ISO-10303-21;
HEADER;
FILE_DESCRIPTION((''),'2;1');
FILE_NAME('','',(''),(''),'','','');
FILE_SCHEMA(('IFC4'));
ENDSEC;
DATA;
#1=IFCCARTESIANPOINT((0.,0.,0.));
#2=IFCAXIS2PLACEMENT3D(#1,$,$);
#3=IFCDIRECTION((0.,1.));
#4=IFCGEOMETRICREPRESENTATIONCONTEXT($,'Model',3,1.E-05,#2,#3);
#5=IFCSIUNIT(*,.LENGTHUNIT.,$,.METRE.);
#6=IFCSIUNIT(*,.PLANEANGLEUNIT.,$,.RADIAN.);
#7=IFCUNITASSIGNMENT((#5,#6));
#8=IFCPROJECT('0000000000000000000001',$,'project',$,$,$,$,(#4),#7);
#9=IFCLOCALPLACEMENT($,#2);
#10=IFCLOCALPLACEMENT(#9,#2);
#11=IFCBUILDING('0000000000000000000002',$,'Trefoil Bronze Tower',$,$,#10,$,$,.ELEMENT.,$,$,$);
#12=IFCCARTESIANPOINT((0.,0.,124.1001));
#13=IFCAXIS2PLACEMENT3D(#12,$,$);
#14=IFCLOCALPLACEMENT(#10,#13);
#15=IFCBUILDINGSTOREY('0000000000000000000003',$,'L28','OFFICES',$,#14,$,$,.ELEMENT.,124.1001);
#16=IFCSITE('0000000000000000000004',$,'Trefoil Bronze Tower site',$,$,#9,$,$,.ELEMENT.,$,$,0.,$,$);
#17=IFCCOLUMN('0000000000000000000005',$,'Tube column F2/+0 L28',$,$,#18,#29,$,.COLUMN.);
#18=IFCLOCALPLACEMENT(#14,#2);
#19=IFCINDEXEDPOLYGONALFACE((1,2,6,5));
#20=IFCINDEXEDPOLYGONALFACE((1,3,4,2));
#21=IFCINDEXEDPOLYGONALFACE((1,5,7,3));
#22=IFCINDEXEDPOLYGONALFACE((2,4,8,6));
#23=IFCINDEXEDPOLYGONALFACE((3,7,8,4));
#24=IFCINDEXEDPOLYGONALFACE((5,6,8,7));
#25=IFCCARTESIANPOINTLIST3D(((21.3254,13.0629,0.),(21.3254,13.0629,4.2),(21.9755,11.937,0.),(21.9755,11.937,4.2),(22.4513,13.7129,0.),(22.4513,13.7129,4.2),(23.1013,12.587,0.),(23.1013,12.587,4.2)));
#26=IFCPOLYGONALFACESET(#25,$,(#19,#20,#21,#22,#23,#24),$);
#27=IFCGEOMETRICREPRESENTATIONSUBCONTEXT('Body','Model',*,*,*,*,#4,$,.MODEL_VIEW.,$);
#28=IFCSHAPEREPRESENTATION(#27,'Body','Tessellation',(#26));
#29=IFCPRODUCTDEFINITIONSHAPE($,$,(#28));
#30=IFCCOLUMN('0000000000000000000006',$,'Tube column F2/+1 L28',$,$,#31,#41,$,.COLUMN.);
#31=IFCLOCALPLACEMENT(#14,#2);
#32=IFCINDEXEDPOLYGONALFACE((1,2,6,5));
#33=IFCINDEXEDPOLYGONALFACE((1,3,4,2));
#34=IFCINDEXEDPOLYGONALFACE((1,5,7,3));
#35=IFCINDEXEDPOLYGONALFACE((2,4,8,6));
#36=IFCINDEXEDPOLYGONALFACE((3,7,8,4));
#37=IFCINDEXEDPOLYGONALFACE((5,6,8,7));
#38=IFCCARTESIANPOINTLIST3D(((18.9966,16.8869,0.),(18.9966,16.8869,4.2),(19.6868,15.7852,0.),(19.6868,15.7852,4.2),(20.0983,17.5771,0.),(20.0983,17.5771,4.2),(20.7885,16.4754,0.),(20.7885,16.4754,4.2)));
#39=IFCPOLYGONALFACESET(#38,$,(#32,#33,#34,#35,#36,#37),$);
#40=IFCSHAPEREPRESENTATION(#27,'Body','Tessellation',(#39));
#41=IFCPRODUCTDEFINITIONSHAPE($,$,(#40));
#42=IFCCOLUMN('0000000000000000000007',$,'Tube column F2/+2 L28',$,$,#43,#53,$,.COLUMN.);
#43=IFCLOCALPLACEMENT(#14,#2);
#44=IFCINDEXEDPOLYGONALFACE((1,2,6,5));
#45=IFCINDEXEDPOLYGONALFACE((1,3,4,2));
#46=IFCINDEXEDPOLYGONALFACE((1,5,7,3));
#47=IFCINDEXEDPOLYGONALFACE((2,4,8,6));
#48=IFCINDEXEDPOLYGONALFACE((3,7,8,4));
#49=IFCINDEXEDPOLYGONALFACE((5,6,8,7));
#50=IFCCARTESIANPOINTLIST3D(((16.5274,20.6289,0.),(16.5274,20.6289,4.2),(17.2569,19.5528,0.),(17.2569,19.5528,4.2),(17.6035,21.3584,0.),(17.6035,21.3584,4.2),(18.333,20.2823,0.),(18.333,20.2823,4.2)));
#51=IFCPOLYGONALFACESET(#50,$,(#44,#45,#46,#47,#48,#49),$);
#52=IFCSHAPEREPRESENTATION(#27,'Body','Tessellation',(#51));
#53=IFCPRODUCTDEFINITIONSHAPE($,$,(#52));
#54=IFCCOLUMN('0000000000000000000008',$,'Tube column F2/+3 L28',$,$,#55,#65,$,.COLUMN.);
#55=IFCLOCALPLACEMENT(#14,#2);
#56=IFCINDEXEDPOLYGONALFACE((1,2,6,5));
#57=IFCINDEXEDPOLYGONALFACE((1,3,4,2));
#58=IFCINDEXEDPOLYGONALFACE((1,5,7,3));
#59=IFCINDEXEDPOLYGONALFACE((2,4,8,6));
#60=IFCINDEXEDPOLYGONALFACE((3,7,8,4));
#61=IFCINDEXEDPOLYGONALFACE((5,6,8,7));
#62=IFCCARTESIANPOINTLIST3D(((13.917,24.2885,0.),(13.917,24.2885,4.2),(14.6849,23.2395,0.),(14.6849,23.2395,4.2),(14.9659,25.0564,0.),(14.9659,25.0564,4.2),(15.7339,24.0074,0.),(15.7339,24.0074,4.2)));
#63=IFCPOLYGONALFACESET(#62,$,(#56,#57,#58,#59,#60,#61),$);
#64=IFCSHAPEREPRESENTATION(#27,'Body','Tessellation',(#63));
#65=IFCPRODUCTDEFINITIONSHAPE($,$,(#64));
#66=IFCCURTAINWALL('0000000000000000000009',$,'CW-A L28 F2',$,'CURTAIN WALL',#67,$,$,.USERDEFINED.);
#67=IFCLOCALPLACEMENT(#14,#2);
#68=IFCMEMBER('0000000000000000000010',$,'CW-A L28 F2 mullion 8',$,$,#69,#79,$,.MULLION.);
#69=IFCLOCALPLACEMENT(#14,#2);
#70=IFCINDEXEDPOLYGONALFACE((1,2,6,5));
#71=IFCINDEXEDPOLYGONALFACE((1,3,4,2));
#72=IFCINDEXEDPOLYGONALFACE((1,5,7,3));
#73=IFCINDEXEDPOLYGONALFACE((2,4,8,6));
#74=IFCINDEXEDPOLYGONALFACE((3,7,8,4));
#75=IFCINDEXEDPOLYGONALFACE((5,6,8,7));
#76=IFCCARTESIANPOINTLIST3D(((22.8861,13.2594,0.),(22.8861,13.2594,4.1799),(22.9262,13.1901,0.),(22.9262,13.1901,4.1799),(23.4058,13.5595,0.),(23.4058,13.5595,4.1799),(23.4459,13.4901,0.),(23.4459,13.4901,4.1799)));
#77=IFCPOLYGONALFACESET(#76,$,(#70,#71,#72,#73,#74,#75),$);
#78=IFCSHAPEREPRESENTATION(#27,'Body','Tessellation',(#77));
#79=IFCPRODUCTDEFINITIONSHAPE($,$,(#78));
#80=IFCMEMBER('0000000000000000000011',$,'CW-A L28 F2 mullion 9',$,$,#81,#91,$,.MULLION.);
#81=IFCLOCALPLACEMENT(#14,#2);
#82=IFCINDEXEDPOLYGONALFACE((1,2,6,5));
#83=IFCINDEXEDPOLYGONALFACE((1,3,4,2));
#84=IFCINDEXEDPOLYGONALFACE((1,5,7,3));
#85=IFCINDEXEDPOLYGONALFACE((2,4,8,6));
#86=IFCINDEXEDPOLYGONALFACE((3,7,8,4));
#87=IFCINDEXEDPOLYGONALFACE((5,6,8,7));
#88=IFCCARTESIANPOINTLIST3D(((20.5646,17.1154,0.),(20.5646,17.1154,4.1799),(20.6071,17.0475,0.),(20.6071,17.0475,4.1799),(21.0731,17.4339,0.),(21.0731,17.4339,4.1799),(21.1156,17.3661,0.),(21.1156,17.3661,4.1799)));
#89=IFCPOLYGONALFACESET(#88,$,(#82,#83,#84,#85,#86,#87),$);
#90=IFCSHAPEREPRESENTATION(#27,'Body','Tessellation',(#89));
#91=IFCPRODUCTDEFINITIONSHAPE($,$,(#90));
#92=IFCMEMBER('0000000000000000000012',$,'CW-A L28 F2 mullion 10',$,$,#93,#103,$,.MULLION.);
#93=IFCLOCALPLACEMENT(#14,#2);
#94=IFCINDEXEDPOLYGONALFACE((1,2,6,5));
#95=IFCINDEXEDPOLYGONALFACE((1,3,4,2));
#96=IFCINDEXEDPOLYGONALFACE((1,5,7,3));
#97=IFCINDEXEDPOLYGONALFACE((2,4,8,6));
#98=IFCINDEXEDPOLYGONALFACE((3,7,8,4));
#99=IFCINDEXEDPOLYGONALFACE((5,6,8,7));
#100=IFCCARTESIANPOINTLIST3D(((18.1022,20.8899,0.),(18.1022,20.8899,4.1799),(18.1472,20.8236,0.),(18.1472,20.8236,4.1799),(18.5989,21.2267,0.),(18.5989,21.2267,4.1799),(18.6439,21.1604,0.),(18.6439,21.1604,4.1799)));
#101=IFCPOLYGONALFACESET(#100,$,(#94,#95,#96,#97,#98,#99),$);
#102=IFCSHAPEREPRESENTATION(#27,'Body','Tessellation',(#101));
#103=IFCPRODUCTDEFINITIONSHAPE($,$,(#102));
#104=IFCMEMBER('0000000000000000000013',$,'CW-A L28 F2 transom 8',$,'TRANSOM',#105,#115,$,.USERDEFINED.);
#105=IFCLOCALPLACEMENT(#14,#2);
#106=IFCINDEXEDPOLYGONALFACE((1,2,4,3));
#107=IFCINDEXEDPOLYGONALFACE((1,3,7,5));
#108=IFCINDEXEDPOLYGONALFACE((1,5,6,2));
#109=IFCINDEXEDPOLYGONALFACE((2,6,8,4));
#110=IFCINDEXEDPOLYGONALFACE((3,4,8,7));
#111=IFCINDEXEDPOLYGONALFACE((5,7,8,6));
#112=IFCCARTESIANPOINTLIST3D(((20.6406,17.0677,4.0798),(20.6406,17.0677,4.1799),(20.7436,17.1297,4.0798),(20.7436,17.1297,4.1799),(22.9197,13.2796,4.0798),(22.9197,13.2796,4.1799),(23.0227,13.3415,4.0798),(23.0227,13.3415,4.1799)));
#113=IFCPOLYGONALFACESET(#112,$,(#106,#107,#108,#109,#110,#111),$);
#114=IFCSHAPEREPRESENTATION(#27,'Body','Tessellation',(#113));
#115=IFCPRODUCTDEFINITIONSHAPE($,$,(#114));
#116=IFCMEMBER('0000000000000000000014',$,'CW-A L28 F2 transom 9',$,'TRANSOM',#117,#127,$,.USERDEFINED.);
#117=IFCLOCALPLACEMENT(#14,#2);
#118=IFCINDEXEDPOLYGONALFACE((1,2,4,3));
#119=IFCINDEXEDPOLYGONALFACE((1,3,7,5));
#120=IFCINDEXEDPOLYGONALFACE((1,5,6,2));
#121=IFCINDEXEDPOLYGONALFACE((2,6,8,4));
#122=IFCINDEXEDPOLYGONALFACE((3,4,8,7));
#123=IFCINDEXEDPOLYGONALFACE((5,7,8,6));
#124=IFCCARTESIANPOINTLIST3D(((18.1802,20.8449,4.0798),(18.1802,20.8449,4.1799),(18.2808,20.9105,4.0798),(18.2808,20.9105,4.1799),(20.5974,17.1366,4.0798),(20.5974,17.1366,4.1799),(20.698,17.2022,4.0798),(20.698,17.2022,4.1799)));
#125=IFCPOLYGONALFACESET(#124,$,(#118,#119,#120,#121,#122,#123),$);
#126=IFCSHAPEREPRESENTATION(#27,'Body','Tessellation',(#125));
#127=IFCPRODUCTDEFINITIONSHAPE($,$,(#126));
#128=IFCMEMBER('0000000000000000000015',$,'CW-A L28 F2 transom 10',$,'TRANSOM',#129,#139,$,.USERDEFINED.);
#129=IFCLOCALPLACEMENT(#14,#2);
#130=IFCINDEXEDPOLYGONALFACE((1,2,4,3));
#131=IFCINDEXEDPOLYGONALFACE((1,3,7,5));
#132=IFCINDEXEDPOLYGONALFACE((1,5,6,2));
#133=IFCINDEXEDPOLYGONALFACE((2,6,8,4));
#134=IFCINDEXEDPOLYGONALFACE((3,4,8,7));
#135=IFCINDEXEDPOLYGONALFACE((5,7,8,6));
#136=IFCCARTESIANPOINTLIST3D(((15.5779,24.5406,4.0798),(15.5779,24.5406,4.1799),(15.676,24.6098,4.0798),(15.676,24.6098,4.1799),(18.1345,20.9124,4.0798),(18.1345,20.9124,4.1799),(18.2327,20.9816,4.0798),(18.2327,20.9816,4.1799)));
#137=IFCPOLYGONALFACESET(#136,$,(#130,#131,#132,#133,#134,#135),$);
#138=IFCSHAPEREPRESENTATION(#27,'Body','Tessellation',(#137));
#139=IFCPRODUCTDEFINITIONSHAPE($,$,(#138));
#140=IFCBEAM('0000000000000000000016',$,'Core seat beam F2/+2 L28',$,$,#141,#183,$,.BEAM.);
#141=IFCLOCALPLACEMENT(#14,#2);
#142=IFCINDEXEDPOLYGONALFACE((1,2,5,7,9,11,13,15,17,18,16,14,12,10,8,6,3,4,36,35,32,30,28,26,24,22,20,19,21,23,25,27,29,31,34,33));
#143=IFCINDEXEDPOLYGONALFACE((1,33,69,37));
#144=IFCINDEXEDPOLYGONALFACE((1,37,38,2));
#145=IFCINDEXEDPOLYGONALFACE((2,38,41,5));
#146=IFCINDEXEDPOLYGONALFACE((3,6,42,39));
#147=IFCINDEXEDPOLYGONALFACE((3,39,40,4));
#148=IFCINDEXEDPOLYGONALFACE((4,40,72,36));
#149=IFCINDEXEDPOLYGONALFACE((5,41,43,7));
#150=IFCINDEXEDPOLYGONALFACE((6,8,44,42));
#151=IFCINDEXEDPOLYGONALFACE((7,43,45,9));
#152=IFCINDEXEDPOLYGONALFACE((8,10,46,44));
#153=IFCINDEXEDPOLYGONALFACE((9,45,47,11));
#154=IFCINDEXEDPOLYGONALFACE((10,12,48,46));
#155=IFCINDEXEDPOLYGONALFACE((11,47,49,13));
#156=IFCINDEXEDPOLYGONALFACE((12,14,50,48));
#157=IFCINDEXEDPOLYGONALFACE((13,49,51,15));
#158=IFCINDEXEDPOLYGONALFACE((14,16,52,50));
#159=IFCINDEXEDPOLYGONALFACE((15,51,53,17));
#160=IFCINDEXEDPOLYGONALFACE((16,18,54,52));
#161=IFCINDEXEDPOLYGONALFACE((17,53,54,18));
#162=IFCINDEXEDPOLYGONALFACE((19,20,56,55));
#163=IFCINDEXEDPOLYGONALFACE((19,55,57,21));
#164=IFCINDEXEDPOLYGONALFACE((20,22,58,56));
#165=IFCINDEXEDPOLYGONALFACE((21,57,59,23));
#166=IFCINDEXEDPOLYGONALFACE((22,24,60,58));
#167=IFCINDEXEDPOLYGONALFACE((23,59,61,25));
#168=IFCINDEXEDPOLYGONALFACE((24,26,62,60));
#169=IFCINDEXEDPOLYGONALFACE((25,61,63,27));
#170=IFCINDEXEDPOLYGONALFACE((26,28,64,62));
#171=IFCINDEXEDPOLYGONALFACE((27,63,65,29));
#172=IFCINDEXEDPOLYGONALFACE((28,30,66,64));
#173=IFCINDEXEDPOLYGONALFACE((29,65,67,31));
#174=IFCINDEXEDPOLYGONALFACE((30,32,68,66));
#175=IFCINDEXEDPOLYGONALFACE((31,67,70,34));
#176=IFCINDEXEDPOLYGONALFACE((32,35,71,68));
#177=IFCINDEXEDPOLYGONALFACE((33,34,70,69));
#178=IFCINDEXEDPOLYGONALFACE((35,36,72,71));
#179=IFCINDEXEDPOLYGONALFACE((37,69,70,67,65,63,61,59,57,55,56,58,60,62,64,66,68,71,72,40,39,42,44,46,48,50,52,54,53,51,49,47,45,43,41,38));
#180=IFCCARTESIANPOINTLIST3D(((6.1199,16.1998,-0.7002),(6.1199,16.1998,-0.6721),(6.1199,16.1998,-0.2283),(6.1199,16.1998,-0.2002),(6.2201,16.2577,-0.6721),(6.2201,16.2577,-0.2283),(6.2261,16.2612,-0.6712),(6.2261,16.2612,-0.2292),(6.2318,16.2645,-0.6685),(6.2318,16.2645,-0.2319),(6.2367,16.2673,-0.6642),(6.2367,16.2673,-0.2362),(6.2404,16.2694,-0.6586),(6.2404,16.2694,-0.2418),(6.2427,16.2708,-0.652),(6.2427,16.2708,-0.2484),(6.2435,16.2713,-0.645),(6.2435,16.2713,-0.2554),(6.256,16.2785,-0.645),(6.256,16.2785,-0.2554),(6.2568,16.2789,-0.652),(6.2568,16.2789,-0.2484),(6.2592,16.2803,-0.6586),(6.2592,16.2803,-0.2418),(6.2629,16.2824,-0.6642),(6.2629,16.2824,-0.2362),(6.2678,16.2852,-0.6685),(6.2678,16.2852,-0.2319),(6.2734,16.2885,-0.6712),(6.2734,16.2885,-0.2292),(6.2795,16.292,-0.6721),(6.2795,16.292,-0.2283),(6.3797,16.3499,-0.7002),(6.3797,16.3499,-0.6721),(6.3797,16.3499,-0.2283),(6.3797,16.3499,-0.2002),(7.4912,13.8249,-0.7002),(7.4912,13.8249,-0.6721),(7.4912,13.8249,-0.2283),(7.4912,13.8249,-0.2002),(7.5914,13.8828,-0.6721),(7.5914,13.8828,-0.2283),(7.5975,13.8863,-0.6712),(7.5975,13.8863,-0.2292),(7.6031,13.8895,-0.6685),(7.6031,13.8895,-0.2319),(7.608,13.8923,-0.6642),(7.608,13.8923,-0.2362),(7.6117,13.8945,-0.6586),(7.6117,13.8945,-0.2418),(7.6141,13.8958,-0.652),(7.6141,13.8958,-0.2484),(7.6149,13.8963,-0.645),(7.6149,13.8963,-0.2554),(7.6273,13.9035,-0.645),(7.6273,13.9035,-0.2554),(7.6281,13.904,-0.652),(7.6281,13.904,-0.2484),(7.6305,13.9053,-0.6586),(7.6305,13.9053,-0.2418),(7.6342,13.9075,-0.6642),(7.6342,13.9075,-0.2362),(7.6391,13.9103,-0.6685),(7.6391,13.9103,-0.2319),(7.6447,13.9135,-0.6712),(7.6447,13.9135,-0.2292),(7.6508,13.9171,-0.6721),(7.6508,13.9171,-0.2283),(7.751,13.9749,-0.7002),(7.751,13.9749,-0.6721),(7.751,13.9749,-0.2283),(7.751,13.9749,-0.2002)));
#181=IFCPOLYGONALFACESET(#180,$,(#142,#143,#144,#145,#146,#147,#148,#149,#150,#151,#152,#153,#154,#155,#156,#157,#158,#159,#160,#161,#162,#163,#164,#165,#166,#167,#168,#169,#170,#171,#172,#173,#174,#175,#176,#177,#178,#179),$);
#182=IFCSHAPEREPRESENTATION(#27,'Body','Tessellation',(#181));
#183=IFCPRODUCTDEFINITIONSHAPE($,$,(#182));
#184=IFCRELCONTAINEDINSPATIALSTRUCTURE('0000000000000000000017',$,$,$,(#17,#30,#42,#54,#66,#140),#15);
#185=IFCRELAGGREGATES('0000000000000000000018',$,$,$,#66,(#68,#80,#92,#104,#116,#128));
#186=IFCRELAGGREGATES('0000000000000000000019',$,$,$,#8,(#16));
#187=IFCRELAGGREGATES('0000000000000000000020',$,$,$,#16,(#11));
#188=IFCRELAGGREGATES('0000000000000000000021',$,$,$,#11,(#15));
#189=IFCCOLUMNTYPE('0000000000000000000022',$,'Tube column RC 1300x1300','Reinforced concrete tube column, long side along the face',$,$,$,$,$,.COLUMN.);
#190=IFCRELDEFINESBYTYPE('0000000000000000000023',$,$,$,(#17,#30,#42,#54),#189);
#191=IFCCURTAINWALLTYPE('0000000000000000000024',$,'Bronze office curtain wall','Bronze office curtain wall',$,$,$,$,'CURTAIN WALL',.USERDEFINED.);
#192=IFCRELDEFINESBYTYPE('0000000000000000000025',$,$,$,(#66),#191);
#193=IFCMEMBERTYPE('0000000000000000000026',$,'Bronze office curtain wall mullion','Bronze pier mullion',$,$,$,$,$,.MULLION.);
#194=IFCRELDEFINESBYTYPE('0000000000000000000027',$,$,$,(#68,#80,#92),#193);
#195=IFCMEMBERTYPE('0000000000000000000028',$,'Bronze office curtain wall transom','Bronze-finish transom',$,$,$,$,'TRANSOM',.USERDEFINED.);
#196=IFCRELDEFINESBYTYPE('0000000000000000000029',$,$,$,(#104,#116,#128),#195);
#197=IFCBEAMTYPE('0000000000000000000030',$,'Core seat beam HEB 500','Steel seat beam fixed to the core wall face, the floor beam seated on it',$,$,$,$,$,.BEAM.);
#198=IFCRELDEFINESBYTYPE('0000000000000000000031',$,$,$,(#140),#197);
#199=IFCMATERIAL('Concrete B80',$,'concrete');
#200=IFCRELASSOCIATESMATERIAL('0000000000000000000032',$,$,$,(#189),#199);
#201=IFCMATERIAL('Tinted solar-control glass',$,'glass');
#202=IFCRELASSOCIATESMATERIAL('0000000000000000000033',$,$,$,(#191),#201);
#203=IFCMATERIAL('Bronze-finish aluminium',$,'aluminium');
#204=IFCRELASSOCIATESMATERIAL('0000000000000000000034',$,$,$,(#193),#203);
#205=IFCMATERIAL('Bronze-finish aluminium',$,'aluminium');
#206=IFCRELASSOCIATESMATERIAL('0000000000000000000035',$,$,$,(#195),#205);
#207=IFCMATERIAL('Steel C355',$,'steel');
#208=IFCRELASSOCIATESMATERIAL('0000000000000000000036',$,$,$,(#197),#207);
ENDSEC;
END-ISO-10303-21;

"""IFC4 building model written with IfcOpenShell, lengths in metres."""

from ifc_helpers import new_model, si_unit, direction, frame, origin, origin_2d, place, context, subcontext, project, spatial, rectangle, i_section, extrude, material, material_profile, profile_set, type_object, element, aggregate, save


model = new_model("IFC4")

# Units and contexts
model_context = context("Model", 3, precision=1e-05, world=origin(), true_north=direction((0.0, 1.0)))
body_context = subcontext(model_context, "Body", "Model", "MODEL_VIEW")
ifc_project = project(units=[si_unit("LENGTHUNIT", "METRE"), si_unit("PLANEANGLEUNIT", "RADIAN")], contexts=[model_context])

# Site, building, storey
site_placement = place(None, origin())
site = spatial("IfcSite", under=ifc_project, at=site_placement, Name="Trefoil Bronze Tower site", CompositionType="ELEMENT", RefElevation=0.0)
building_placement = place(site_placement, origin())
building = spatial("IfcBuilding", under=site, at=building_placement, Name="Trefoil Bronze Tower", CompositionType="ELEMENT")
storey_placement = place(building_placement, frame((0.0, 0.0, 124.1001)))
storey = spatial("IfcBuildingStorey", under=building, at=storey_placement, Name="L28", Description="OFFICES", CompositionType="ELEMENT", Elevation=124.1001)

# Columns
ifc_material_1 = material(Name="Concrete B80", Category="concrete")
ifc_material_profile_1 = material_profile(ifc_material_1, rectangle(XDim=1.3, YDim=1.3, at=origin_2d()), Name="RC 1300x1300")
ifc_profile_set_1 = profile_set([ifc_material_profile_1], Name="Concrete B80")
column_type = type_object("IfcColumnType", Name="Tube column RC 1300x1300", Description="Reinforced concrete tube column, long side along the face", PredefinedType="COLUMN", material=ifc_profile_set_1)
for number, where, z_axis, x_axis, name in (
    (1, (22.2134, 12.825, 0.0), (0.0, 0.0, 1.0), (-0.5, 0.866025, 0.0), "Tube column F2/+0 L28"),
    (2, (19.8926, 16.6812, 0.0), (0.0, 0.0, 1.0), (-0.530893, 0.847439, 0.0), "Tube column F2/+1 L28"),
    (3, (17.4302, 20.4556, 0.0), (0.0, 0.0, 1.0), (-0.561136, 0.827724, 0.0), "Tube column F2/+2 L28"),
    (4, (14.8254, 24.1479, 0.0), (0.0, 0.0, 1.0), (-0.590723, 0.806875, 0.0), "Tube column F2/+3 L28"),
):
    element("IfcColumn", number, at=place(storey_placement, frame(where, z_axis=z_axis, x_axis=x_axis)), inside=storey, type_object=column_type, Name=name, PredefinedType="COLUMN", context=body_context, shape_type="SweptSolid", body=[
        extrude(rectangle(XDim=1.3, YDim=1.3, at=origin_2d()), origin(), (0.0, 0.0, 1.0), 4.2),
    ])

# Curtain wall, members
ifc_material_2 = material(Name="Tinted solar-control glass", Category="glass")
curtain_wall_type = type_object("IfcCurtainWallType", Name="Bronze office curtain wall", Description="Bronze office curtain wall", ElementType="CURTAIN WALL", PredefinedType="USERDEFINED", material=ifc_material_2)
curtain_wall_placement = place(storey_placement, origin())
curtain_wall = element("IfcCurtainWall", 5, at=curtain_wall_placement, inside=storey, type_object=curtain_wall_type, Name="CW-A L28 F2", ObjectType="CURTAIN WALL", PredefinedType="USERDEFINED")
ifc_material_3 = material(Name="Bronze-finish aluminium", Category="aluminium")
ifc_material_profile_2 = material_profile(ifc_material_3, rectangle(XDim=0.6001, YDim=0.0801, at=origin_2d()), Name="CW-A mullion")
ifc_profile_set_2 = profile_set([ifc_material_profile_2], Name="Bronze-finish aluminium")
member_type_1 = type_object("IfcMemberType", Name="Bronze office curtain wall mullion", Description="Bronze pier mullion", PredefinedType="MULLION", material=ifc_profile_set_2)
member_1_placement = place(storey_placement, frame((23.166, 13.3748, 0.0), z_axis=(0.0, 0.0, 1.0), x_axis=(-0.866025, -0.5, 0.0)))
member_1 = element("IfcMember", 6, at=member_1_placement, type_object=member_type_1, Name="CW-A L28 F2 mullion 8", PredefinedType="MULLION", context=body_context, shape_type="SweptSolid", body=[
    extrude(rectangle(XDim=0.6001, YDim=0.0801, at=origin_2d()), origin(), (0.0, 0.0, 1.0), 4.1799),
])
member_2_placement = place(storey_placement, frame((20.8401, 17.2407, 0.0), z_axis=(0.0, 0.0, 1.0), x_axis=(-0.847439, -0.530893, 0.0)))
member_2 = element("IfcMember", 7, at=member_2_placement, type_object=member_type_1, Name="CW-A L28 F2 mullion 9", PredefinedType="MULLION", context=body_context, shape_type="SweptSolid", body=[
    extrude(rectangle(XDim=0.6001, YDim=0.0801, at=origin_2d()), origin(), (0.0, 0.0, 1.0), 4.1799),
])
member_3_placement = place(storey_placement, frame((18.373, 21.0251, 0.0), z_axis=(0.0, 0.0, 1.0), x_axis=(-0.827724, -0.561136, 0.0)))
member_3 = element("IfcMember", 8, at=member_3_placement, type_object=member_type_1, Name="CW-A L28 F2 mullion 10", PredefinedType="MULLION", context=body_context, shape_type="SweptSolid", body=[
    extrude(rectangle(XDim=0.6001, YDim=0.0801, at=origin_2d()), origin(), (0.0, 0.0, 1.0), 4.1799),
])
ifc_material_4 = material(Name="Bronze-finish aluminium", Category="aluminium")
ifc_material_profile_3 = material_profile(ifc_material_4, rectangle(XDim=0.1201, YDim=0.1001, at=origin_2d()), Name="CW-A transom")
ifc_profile_set_3 = profile_set([ifc_material_profile_3], Name="Bronze-finish aluminium")
member_type_2 = type_object("IfcMemberType", Name="Bronze office curtain wall transom", Description="Bronze-finish transom", ElementType="TRANSOM", PredefinedType="USERDEFINED", material=ifc_profile_set_3)
member_4_placement = place(storey_placement, frame((22.9712, 13.3105, 4.1299), z_axis=(-0.515527, 0.856873, 0.0), x_axis=(-0.856873, -0.515527, 0.0)))
member_4 = element("IfcMember", 9, at=member_4_placement, type_object=member_type_2, Name="CW-A L28 F2 transom 8", ObjectType="TRANSOM", PredefinedType="USERDEFINED", context=body_context, shape_type="SweptSolid", body=[
    extrude(rectangle(XDim=0.1201, YDim=0.1001, at=origin_2d()), origin(), (0.0, 0.0, 1.0), 4.4209),
])
member_5_placement = place(storey_placement, frame((20.6477, 17.1694, 4.1299), z_axis=(-0.546079, 0.837733, 0.0), x_axis=(-0.837733, -0.546079, 0.0)))
member_5 = element("IfcMember", 10, at=member_5_placement, type_object=member_type_2, Name="CW-A L28 F2 transom 9", ObjectType="TRANSOM", PredefinedType="USERDEFINED", context=body_context, shape_type="SweptSolid", body=[
    extrude(rectangle(XDim=0.1201, YDim=0.1001, at=origin_2d()), origin(), (0.0, 0.0, 1.0), 4.4265),
])
member_6_placement = place(storey_placement, frame((18.1836, 20.947, 4.1299), z_axis=(-0.576018, 0.817437, 0.0), x_axis=(-0.817437, -0.576018, 0.0)))
member_6 = element("IfcMember", 11, at=member_6_placement, type_object=member_type_2, Name="CW-A L28 F2 transom 10", ObjectType="TRANSOM", PredefinedType="USERDEFINED", context=body_context, shape_type="SweptSolid", body=[
    extrude(rectangle(XDim=0.1201, YDim=0.1001, at=origin_2d()), origin(), (0.0, 0.0, 1.0), 4.4385),
])

# Beam
ifc_material_5 = material(Name="Steel C355", Category="steel")
ifc_material_profile_4 = material_profile(ifc_material_5, i_section(OverallWidth=0.3, OverallDepth=0.5, WebThickness=0.0144, FlangeThickness=0.0281, FilletRadius=0.0271, at=origin_2d()), Name="HEB 500")
ifc_profile_set_4 = profile_set([ifc_material_profile_4], Name="Steel C355")
beam_type_1 = type_object("IfcBeamType", Name="Core seat beam HEB 500", Description="Steel seat beam fixed to the core wall face, the floor beam seated on it", PredefinedType="BEAM", material=ifc_profile_set_4)
beam_1_placement = place(storey_placement, frame((7.6211, 13.8999, -0.4502), z_axis=(-0.500036, 0.866005, 0.0), x_axis=(-0.866005, -0.500036, 0.0)))
element("IfcBeam", 12, at=beam_1_placement, inside=storey, type_object=beam_type_1, Name="Core seat beam F2/+2 L28", PredefinedType="BEAM", context=body_context, shape_type="SweptSolid", body=[
    extrude(i_section(OverallWidth=0.3, OverallDepth=0.5, WebThickness=0.0144, FlangeThickness=0.0281, FilletRadius=0.0271, at=origin_2d()), origin(), (0.0, 0.0, 1.0), 2.7424),
])

aggregate(curtain_wall, [member_1, member_2, member_3, member_4, member_5, member_6])

save(model, "model.ifc")
